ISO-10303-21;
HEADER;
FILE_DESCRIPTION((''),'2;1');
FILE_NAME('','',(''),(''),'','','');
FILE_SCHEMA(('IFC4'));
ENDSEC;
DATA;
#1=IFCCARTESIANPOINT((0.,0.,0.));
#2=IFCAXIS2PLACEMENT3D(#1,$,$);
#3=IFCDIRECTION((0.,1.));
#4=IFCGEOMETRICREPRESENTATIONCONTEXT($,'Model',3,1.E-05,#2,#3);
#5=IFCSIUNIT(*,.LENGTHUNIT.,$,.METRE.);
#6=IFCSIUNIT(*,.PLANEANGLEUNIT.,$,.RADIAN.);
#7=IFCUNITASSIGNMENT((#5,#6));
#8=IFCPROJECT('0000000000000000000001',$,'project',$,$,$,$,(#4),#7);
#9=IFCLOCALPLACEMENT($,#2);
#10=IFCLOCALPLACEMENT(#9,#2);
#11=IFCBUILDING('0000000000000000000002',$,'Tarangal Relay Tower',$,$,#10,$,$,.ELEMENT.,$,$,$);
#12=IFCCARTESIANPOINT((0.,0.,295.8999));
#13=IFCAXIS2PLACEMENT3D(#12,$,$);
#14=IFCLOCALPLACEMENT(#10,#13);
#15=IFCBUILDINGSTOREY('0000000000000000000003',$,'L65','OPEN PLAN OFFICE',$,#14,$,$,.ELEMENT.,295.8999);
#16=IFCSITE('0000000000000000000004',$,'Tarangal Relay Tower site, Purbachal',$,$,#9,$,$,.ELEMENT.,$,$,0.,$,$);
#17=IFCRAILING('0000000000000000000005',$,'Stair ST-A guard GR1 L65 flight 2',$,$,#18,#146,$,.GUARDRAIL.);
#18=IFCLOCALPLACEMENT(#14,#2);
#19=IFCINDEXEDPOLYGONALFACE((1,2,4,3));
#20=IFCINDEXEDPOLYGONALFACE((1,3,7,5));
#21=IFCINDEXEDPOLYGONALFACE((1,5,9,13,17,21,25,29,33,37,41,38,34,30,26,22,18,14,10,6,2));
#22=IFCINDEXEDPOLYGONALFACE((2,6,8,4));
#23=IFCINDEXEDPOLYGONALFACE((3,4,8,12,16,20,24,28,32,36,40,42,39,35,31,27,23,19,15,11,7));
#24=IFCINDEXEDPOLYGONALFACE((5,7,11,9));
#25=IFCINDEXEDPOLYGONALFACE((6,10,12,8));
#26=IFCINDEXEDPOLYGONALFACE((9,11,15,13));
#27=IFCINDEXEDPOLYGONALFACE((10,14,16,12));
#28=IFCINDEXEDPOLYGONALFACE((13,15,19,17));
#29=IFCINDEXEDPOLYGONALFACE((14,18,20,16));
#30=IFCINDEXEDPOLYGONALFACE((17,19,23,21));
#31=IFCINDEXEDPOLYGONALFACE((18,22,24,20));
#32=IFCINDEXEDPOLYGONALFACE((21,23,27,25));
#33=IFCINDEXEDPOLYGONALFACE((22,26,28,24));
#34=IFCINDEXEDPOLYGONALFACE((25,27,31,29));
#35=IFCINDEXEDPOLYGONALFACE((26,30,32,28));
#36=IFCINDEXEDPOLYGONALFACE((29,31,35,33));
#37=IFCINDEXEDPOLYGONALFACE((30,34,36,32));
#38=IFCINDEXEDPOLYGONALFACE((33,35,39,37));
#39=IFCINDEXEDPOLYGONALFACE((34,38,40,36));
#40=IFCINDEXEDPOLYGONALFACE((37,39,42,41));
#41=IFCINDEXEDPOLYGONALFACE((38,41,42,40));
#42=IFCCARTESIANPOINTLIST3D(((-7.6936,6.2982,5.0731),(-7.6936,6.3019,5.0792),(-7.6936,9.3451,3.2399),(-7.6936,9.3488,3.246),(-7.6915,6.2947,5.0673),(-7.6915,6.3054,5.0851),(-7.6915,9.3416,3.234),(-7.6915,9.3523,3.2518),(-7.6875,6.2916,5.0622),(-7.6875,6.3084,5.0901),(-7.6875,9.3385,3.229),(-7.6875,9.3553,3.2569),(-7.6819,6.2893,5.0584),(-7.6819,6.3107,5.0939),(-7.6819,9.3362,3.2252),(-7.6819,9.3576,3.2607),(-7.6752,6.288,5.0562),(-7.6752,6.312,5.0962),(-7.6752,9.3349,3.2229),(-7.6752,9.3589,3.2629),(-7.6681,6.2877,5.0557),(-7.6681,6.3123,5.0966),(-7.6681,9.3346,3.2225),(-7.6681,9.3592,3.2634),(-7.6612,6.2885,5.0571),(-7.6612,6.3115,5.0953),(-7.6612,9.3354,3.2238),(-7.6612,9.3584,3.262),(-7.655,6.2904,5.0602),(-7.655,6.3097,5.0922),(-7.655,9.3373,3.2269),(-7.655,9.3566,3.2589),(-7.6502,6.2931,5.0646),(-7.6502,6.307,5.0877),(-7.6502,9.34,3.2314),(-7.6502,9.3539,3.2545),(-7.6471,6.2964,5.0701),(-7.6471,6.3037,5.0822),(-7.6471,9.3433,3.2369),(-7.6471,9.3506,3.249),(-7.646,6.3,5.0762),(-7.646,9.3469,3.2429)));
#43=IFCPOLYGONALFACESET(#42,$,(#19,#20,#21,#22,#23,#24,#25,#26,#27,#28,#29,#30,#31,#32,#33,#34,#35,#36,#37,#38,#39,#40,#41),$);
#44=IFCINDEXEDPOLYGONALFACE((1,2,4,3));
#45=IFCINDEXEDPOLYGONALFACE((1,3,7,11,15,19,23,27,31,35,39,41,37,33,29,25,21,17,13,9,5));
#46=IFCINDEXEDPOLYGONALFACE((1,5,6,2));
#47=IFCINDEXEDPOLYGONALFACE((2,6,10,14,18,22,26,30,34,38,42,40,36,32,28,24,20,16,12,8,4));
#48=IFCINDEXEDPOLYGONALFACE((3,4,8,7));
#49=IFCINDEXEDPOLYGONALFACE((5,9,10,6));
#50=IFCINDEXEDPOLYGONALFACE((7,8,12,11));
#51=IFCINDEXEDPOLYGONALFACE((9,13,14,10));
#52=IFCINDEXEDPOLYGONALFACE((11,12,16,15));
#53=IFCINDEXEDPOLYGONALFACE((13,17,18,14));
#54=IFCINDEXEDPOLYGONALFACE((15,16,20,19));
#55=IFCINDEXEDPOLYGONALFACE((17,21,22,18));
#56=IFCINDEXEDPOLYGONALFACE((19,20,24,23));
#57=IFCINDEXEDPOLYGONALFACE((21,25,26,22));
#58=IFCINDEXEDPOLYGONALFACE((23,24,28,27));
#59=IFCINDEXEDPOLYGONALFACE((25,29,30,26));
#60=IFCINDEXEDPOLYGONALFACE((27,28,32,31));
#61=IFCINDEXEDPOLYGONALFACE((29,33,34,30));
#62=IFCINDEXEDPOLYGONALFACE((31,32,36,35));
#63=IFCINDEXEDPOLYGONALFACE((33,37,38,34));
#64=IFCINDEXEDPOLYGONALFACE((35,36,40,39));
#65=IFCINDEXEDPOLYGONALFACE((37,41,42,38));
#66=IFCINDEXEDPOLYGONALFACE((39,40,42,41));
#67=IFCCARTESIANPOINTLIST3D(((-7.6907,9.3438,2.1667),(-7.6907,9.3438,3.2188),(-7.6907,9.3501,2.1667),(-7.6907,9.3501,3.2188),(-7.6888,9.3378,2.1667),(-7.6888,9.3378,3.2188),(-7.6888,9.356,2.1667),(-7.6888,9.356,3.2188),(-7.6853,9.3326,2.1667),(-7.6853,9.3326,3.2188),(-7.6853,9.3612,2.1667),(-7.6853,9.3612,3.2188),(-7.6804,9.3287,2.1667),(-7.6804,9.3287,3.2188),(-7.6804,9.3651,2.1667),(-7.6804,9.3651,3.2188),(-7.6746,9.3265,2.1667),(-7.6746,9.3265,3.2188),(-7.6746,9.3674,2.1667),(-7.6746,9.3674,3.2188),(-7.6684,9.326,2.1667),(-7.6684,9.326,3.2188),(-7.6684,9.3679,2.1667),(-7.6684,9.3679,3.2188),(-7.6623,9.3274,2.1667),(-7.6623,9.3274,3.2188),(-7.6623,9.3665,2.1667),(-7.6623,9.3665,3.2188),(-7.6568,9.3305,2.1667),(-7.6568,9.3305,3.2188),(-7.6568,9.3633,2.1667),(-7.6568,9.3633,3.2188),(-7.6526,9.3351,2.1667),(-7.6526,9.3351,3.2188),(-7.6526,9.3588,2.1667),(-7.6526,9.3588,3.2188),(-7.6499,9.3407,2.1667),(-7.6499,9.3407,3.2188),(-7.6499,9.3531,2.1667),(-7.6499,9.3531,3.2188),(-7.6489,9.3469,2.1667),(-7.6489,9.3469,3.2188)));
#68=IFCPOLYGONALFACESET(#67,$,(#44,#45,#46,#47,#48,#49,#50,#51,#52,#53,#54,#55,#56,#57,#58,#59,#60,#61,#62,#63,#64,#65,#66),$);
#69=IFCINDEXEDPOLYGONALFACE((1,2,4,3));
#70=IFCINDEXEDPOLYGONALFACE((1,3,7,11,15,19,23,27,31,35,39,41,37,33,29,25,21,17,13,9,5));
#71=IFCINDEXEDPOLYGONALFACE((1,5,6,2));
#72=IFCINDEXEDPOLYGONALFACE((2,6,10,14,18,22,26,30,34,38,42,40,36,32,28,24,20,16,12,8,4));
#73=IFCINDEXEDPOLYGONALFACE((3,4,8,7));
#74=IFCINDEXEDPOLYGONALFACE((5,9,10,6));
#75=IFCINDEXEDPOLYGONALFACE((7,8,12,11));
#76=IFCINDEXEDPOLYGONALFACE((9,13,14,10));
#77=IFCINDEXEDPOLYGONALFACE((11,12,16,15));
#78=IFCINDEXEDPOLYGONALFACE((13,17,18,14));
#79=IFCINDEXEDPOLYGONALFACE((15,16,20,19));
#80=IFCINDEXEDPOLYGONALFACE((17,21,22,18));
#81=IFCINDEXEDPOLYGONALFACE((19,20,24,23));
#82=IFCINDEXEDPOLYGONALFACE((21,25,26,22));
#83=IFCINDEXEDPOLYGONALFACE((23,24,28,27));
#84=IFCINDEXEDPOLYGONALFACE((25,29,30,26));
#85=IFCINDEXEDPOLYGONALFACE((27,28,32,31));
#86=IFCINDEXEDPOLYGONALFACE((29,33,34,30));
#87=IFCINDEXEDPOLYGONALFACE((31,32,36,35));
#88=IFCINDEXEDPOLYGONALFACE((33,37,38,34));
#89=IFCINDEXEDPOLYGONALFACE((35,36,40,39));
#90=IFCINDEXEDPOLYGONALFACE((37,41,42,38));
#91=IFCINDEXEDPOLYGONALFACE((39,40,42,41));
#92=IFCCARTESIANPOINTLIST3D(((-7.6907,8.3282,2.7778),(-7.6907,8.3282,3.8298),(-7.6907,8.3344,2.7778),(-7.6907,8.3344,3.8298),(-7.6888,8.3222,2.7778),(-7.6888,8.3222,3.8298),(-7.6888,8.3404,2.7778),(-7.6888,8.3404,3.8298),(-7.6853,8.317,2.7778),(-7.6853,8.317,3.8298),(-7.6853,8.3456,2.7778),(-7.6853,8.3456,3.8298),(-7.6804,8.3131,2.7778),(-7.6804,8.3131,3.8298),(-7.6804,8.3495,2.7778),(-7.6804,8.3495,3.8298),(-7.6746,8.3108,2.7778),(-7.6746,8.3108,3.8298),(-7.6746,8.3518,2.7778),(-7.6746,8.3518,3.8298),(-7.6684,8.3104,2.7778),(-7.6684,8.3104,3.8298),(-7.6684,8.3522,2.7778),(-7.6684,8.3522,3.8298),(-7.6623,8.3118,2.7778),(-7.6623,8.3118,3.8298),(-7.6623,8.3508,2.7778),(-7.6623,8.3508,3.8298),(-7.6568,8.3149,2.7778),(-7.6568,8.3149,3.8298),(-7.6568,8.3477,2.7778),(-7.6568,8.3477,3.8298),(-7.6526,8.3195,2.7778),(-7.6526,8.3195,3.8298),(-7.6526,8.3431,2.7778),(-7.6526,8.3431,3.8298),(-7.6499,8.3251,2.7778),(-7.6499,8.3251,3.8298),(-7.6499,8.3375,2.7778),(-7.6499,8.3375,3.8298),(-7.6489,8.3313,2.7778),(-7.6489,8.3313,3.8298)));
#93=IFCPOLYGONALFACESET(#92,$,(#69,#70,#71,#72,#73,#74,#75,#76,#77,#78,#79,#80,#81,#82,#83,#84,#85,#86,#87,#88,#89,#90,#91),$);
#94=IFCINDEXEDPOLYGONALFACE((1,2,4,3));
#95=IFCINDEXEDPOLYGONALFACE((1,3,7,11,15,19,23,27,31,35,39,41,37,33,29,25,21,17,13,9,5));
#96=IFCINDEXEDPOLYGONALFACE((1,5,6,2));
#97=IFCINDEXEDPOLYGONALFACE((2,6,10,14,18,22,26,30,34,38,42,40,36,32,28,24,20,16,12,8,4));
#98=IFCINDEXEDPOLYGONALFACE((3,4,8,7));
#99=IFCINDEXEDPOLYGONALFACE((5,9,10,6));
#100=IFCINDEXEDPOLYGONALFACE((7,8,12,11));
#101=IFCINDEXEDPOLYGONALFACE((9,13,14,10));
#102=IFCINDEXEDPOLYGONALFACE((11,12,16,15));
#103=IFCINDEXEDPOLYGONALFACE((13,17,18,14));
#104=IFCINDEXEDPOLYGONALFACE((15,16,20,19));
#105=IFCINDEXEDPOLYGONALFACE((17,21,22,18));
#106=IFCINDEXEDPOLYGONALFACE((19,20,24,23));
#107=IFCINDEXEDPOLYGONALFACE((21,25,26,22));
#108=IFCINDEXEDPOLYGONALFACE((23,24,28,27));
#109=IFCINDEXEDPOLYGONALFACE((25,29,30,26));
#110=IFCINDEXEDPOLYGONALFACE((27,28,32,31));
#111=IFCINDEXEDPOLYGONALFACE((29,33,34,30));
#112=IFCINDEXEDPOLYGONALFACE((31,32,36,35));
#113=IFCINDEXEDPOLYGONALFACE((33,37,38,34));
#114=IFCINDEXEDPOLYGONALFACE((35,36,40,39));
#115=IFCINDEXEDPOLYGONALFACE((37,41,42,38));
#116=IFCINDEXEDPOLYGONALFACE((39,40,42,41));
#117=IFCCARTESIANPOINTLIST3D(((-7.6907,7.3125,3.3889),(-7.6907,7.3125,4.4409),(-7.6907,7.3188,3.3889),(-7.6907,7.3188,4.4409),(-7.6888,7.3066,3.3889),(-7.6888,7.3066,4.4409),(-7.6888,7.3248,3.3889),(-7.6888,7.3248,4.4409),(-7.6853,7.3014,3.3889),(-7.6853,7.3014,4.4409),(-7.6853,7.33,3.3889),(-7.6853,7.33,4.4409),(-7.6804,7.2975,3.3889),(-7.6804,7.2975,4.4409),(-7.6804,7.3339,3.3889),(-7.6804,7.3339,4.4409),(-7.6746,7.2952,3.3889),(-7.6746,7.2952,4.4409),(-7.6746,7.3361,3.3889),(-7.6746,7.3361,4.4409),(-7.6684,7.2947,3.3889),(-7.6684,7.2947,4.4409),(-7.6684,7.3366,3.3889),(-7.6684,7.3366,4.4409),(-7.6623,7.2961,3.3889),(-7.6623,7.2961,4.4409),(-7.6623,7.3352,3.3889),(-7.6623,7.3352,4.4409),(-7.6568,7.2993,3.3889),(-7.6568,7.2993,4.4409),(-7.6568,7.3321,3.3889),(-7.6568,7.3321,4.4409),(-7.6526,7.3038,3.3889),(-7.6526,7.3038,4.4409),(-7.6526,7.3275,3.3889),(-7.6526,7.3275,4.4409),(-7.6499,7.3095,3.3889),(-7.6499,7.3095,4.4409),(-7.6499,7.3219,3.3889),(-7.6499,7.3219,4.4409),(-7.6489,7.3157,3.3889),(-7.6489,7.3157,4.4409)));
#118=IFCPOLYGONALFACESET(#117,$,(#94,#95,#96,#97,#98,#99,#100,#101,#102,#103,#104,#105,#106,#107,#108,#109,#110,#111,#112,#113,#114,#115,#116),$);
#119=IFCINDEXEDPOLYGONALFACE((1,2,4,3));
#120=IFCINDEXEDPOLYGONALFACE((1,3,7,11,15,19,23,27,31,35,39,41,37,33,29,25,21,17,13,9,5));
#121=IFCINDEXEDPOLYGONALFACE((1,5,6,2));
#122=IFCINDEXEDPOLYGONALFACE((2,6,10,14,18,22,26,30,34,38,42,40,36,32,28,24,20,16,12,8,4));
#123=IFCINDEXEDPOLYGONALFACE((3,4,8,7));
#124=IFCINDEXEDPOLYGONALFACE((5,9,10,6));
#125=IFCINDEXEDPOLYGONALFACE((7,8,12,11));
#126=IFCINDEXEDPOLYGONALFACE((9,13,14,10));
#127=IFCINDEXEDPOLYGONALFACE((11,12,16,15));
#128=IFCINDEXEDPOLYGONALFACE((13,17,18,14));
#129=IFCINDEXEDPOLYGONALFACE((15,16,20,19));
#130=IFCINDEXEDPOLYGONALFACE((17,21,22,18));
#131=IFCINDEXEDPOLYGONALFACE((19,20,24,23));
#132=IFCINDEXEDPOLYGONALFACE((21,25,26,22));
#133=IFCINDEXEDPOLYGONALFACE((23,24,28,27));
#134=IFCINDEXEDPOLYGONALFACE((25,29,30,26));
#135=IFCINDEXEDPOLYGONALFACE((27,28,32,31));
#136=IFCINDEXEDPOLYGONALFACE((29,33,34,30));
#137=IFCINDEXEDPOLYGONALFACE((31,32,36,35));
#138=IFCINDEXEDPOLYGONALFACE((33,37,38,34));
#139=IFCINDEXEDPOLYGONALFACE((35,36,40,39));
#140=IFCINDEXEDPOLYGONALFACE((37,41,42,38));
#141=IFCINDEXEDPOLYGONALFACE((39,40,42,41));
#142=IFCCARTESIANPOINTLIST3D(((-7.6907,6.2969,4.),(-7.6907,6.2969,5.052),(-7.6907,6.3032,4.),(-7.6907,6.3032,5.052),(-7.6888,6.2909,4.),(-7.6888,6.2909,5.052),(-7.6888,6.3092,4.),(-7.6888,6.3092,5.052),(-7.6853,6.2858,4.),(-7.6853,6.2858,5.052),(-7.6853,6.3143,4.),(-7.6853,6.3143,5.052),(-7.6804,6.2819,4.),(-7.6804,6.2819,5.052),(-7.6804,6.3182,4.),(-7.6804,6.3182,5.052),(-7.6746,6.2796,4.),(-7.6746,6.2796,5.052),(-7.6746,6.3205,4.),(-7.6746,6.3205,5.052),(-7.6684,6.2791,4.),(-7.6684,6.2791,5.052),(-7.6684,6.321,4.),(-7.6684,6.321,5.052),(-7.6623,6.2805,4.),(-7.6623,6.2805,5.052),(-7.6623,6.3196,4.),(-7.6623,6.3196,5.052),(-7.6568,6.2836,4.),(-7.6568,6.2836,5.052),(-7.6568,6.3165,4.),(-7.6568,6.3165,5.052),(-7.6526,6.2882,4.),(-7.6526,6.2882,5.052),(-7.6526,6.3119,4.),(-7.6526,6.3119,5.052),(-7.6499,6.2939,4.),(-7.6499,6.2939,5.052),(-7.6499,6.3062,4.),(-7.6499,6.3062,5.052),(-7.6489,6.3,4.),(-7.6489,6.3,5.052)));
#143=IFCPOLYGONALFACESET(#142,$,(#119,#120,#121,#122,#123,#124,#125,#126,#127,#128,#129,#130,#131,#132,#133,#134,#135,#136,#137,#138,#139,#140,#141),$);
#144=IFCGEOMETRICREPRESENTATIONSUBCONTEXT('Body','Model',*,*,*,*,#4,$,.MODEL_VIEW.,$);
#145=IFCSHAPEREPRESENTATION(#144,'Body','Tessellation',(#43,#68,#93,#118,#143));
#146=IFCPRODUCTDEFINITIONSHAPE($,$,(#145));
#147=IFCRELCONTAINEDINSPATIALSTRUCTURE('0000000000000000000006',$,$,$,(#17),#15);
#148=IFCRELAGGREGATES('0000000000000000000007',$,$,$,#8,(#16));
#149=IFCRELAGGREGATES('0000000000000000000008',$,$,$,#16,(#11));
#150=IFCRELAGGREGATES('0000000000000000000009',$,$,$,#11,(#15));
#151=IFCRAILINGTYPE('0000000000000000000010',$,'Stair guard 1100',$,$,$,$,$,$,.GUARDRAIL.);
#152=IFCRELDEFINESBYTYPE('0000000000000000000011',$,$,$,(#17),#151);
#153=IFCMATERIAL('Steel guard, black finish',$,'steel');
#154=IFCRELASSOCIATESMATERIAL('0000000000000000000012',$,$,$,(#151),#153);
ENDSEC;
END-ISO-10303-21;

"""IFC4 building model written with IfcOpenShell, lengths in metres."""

from ifc_helpers import new_model, si_unit, direction, frame, origin, origin_2d, place, context, subcontext, project, spatial, circle, extrude, material, type_object, element, save


model = new_model("IFC4")

# Units and contexts
model_context = context("Model", 3, precision=1e-05, world=origin(), true_north=direction((0.0, 1.0)))
body_context = subcontext(model_context, "Body", "Model", "MODEL_VIEW")
ifc_project = project(units=[si_unit("LENGTHUNIT", "METRE"), si_unit("PLANEANGLEUNIT", "RADIAN")], contexts=[model_context])

# Site, building, storey
site_placement = place(None, origin())
site = spatial("IfcSite", under=ifc_project, at=site_placement, Name="Tarangal Relay Tower site, Purbachal", CompositionType="ELEMENT", RefElevation=0.0)
building_placement = place(site_placement, origin())
building = spatial("IfcBuilding", under=site, at=building_placement, Name="Tarangal Relay Tower", CompositionType="ELEMENT")
storey_placement = place(building_placement, frame((0.0, 0.0, 295.8999)))
storey = spatial("IfcBuildingStorey", under=building, at=storey_placement, Name="L65", Description="OPEN PLAN OFFICE", CompositionType="ELEMENT", Elevation=295.8999)

# Railing
ifc_material_1 = material(Name="Steel guard, black finish", Category="steel")
railing_type_1 = type_object("IfcRailingType", Name="Stair guard 1100", PredefinedType="GUARDRAIL", material=ifc_material_1)
railing_1_placement = place(storey_placement, frame((-7.6699, 9.3469, 2.1667)))
element("IfcRailing", 1, at=railing_1_placement, inside=storey, type_object=railing_type_1, Name="Stair ST-A guard GR1 L65 flight 2", PredefinedType="GUARDRAIL", context=body_context, shape_type="SweptSolid", body=[
    extrude(circle(Radius=0.0239, at=origin_2d()), frame((0.0, 0.0, 1.0762), z_axis=(0.0, -0.856856, 0.515556), x_axis=(1.0, 0.0, 0.0)), (0.0, 0.0, 1.0), 3.5559),
    extrude(circle(Radius=0.021, at=origin_2d()), origin(), (0.0, 0.0, 1.0), 1.052),
    extrude(circle(Radius=0.021, at=origin_2d()), frame((0.0, -1.0156, 0.6111)), (0.0, 0.0, 1.0), 1.052),
    extrude(circle(Radius=0.021, at=origin_2d()), frame((0.0, -2.0312, 1.2222)), (0.0, 0.0, 1.0), 1.052),
    extrude(circle(Radius=0.021, at=origin_2d()), frame((0.0, -3.0469, 1.8333)), (0.0, 0.0, 1.0), 1.052),
])

save(model, "model.ifc")
